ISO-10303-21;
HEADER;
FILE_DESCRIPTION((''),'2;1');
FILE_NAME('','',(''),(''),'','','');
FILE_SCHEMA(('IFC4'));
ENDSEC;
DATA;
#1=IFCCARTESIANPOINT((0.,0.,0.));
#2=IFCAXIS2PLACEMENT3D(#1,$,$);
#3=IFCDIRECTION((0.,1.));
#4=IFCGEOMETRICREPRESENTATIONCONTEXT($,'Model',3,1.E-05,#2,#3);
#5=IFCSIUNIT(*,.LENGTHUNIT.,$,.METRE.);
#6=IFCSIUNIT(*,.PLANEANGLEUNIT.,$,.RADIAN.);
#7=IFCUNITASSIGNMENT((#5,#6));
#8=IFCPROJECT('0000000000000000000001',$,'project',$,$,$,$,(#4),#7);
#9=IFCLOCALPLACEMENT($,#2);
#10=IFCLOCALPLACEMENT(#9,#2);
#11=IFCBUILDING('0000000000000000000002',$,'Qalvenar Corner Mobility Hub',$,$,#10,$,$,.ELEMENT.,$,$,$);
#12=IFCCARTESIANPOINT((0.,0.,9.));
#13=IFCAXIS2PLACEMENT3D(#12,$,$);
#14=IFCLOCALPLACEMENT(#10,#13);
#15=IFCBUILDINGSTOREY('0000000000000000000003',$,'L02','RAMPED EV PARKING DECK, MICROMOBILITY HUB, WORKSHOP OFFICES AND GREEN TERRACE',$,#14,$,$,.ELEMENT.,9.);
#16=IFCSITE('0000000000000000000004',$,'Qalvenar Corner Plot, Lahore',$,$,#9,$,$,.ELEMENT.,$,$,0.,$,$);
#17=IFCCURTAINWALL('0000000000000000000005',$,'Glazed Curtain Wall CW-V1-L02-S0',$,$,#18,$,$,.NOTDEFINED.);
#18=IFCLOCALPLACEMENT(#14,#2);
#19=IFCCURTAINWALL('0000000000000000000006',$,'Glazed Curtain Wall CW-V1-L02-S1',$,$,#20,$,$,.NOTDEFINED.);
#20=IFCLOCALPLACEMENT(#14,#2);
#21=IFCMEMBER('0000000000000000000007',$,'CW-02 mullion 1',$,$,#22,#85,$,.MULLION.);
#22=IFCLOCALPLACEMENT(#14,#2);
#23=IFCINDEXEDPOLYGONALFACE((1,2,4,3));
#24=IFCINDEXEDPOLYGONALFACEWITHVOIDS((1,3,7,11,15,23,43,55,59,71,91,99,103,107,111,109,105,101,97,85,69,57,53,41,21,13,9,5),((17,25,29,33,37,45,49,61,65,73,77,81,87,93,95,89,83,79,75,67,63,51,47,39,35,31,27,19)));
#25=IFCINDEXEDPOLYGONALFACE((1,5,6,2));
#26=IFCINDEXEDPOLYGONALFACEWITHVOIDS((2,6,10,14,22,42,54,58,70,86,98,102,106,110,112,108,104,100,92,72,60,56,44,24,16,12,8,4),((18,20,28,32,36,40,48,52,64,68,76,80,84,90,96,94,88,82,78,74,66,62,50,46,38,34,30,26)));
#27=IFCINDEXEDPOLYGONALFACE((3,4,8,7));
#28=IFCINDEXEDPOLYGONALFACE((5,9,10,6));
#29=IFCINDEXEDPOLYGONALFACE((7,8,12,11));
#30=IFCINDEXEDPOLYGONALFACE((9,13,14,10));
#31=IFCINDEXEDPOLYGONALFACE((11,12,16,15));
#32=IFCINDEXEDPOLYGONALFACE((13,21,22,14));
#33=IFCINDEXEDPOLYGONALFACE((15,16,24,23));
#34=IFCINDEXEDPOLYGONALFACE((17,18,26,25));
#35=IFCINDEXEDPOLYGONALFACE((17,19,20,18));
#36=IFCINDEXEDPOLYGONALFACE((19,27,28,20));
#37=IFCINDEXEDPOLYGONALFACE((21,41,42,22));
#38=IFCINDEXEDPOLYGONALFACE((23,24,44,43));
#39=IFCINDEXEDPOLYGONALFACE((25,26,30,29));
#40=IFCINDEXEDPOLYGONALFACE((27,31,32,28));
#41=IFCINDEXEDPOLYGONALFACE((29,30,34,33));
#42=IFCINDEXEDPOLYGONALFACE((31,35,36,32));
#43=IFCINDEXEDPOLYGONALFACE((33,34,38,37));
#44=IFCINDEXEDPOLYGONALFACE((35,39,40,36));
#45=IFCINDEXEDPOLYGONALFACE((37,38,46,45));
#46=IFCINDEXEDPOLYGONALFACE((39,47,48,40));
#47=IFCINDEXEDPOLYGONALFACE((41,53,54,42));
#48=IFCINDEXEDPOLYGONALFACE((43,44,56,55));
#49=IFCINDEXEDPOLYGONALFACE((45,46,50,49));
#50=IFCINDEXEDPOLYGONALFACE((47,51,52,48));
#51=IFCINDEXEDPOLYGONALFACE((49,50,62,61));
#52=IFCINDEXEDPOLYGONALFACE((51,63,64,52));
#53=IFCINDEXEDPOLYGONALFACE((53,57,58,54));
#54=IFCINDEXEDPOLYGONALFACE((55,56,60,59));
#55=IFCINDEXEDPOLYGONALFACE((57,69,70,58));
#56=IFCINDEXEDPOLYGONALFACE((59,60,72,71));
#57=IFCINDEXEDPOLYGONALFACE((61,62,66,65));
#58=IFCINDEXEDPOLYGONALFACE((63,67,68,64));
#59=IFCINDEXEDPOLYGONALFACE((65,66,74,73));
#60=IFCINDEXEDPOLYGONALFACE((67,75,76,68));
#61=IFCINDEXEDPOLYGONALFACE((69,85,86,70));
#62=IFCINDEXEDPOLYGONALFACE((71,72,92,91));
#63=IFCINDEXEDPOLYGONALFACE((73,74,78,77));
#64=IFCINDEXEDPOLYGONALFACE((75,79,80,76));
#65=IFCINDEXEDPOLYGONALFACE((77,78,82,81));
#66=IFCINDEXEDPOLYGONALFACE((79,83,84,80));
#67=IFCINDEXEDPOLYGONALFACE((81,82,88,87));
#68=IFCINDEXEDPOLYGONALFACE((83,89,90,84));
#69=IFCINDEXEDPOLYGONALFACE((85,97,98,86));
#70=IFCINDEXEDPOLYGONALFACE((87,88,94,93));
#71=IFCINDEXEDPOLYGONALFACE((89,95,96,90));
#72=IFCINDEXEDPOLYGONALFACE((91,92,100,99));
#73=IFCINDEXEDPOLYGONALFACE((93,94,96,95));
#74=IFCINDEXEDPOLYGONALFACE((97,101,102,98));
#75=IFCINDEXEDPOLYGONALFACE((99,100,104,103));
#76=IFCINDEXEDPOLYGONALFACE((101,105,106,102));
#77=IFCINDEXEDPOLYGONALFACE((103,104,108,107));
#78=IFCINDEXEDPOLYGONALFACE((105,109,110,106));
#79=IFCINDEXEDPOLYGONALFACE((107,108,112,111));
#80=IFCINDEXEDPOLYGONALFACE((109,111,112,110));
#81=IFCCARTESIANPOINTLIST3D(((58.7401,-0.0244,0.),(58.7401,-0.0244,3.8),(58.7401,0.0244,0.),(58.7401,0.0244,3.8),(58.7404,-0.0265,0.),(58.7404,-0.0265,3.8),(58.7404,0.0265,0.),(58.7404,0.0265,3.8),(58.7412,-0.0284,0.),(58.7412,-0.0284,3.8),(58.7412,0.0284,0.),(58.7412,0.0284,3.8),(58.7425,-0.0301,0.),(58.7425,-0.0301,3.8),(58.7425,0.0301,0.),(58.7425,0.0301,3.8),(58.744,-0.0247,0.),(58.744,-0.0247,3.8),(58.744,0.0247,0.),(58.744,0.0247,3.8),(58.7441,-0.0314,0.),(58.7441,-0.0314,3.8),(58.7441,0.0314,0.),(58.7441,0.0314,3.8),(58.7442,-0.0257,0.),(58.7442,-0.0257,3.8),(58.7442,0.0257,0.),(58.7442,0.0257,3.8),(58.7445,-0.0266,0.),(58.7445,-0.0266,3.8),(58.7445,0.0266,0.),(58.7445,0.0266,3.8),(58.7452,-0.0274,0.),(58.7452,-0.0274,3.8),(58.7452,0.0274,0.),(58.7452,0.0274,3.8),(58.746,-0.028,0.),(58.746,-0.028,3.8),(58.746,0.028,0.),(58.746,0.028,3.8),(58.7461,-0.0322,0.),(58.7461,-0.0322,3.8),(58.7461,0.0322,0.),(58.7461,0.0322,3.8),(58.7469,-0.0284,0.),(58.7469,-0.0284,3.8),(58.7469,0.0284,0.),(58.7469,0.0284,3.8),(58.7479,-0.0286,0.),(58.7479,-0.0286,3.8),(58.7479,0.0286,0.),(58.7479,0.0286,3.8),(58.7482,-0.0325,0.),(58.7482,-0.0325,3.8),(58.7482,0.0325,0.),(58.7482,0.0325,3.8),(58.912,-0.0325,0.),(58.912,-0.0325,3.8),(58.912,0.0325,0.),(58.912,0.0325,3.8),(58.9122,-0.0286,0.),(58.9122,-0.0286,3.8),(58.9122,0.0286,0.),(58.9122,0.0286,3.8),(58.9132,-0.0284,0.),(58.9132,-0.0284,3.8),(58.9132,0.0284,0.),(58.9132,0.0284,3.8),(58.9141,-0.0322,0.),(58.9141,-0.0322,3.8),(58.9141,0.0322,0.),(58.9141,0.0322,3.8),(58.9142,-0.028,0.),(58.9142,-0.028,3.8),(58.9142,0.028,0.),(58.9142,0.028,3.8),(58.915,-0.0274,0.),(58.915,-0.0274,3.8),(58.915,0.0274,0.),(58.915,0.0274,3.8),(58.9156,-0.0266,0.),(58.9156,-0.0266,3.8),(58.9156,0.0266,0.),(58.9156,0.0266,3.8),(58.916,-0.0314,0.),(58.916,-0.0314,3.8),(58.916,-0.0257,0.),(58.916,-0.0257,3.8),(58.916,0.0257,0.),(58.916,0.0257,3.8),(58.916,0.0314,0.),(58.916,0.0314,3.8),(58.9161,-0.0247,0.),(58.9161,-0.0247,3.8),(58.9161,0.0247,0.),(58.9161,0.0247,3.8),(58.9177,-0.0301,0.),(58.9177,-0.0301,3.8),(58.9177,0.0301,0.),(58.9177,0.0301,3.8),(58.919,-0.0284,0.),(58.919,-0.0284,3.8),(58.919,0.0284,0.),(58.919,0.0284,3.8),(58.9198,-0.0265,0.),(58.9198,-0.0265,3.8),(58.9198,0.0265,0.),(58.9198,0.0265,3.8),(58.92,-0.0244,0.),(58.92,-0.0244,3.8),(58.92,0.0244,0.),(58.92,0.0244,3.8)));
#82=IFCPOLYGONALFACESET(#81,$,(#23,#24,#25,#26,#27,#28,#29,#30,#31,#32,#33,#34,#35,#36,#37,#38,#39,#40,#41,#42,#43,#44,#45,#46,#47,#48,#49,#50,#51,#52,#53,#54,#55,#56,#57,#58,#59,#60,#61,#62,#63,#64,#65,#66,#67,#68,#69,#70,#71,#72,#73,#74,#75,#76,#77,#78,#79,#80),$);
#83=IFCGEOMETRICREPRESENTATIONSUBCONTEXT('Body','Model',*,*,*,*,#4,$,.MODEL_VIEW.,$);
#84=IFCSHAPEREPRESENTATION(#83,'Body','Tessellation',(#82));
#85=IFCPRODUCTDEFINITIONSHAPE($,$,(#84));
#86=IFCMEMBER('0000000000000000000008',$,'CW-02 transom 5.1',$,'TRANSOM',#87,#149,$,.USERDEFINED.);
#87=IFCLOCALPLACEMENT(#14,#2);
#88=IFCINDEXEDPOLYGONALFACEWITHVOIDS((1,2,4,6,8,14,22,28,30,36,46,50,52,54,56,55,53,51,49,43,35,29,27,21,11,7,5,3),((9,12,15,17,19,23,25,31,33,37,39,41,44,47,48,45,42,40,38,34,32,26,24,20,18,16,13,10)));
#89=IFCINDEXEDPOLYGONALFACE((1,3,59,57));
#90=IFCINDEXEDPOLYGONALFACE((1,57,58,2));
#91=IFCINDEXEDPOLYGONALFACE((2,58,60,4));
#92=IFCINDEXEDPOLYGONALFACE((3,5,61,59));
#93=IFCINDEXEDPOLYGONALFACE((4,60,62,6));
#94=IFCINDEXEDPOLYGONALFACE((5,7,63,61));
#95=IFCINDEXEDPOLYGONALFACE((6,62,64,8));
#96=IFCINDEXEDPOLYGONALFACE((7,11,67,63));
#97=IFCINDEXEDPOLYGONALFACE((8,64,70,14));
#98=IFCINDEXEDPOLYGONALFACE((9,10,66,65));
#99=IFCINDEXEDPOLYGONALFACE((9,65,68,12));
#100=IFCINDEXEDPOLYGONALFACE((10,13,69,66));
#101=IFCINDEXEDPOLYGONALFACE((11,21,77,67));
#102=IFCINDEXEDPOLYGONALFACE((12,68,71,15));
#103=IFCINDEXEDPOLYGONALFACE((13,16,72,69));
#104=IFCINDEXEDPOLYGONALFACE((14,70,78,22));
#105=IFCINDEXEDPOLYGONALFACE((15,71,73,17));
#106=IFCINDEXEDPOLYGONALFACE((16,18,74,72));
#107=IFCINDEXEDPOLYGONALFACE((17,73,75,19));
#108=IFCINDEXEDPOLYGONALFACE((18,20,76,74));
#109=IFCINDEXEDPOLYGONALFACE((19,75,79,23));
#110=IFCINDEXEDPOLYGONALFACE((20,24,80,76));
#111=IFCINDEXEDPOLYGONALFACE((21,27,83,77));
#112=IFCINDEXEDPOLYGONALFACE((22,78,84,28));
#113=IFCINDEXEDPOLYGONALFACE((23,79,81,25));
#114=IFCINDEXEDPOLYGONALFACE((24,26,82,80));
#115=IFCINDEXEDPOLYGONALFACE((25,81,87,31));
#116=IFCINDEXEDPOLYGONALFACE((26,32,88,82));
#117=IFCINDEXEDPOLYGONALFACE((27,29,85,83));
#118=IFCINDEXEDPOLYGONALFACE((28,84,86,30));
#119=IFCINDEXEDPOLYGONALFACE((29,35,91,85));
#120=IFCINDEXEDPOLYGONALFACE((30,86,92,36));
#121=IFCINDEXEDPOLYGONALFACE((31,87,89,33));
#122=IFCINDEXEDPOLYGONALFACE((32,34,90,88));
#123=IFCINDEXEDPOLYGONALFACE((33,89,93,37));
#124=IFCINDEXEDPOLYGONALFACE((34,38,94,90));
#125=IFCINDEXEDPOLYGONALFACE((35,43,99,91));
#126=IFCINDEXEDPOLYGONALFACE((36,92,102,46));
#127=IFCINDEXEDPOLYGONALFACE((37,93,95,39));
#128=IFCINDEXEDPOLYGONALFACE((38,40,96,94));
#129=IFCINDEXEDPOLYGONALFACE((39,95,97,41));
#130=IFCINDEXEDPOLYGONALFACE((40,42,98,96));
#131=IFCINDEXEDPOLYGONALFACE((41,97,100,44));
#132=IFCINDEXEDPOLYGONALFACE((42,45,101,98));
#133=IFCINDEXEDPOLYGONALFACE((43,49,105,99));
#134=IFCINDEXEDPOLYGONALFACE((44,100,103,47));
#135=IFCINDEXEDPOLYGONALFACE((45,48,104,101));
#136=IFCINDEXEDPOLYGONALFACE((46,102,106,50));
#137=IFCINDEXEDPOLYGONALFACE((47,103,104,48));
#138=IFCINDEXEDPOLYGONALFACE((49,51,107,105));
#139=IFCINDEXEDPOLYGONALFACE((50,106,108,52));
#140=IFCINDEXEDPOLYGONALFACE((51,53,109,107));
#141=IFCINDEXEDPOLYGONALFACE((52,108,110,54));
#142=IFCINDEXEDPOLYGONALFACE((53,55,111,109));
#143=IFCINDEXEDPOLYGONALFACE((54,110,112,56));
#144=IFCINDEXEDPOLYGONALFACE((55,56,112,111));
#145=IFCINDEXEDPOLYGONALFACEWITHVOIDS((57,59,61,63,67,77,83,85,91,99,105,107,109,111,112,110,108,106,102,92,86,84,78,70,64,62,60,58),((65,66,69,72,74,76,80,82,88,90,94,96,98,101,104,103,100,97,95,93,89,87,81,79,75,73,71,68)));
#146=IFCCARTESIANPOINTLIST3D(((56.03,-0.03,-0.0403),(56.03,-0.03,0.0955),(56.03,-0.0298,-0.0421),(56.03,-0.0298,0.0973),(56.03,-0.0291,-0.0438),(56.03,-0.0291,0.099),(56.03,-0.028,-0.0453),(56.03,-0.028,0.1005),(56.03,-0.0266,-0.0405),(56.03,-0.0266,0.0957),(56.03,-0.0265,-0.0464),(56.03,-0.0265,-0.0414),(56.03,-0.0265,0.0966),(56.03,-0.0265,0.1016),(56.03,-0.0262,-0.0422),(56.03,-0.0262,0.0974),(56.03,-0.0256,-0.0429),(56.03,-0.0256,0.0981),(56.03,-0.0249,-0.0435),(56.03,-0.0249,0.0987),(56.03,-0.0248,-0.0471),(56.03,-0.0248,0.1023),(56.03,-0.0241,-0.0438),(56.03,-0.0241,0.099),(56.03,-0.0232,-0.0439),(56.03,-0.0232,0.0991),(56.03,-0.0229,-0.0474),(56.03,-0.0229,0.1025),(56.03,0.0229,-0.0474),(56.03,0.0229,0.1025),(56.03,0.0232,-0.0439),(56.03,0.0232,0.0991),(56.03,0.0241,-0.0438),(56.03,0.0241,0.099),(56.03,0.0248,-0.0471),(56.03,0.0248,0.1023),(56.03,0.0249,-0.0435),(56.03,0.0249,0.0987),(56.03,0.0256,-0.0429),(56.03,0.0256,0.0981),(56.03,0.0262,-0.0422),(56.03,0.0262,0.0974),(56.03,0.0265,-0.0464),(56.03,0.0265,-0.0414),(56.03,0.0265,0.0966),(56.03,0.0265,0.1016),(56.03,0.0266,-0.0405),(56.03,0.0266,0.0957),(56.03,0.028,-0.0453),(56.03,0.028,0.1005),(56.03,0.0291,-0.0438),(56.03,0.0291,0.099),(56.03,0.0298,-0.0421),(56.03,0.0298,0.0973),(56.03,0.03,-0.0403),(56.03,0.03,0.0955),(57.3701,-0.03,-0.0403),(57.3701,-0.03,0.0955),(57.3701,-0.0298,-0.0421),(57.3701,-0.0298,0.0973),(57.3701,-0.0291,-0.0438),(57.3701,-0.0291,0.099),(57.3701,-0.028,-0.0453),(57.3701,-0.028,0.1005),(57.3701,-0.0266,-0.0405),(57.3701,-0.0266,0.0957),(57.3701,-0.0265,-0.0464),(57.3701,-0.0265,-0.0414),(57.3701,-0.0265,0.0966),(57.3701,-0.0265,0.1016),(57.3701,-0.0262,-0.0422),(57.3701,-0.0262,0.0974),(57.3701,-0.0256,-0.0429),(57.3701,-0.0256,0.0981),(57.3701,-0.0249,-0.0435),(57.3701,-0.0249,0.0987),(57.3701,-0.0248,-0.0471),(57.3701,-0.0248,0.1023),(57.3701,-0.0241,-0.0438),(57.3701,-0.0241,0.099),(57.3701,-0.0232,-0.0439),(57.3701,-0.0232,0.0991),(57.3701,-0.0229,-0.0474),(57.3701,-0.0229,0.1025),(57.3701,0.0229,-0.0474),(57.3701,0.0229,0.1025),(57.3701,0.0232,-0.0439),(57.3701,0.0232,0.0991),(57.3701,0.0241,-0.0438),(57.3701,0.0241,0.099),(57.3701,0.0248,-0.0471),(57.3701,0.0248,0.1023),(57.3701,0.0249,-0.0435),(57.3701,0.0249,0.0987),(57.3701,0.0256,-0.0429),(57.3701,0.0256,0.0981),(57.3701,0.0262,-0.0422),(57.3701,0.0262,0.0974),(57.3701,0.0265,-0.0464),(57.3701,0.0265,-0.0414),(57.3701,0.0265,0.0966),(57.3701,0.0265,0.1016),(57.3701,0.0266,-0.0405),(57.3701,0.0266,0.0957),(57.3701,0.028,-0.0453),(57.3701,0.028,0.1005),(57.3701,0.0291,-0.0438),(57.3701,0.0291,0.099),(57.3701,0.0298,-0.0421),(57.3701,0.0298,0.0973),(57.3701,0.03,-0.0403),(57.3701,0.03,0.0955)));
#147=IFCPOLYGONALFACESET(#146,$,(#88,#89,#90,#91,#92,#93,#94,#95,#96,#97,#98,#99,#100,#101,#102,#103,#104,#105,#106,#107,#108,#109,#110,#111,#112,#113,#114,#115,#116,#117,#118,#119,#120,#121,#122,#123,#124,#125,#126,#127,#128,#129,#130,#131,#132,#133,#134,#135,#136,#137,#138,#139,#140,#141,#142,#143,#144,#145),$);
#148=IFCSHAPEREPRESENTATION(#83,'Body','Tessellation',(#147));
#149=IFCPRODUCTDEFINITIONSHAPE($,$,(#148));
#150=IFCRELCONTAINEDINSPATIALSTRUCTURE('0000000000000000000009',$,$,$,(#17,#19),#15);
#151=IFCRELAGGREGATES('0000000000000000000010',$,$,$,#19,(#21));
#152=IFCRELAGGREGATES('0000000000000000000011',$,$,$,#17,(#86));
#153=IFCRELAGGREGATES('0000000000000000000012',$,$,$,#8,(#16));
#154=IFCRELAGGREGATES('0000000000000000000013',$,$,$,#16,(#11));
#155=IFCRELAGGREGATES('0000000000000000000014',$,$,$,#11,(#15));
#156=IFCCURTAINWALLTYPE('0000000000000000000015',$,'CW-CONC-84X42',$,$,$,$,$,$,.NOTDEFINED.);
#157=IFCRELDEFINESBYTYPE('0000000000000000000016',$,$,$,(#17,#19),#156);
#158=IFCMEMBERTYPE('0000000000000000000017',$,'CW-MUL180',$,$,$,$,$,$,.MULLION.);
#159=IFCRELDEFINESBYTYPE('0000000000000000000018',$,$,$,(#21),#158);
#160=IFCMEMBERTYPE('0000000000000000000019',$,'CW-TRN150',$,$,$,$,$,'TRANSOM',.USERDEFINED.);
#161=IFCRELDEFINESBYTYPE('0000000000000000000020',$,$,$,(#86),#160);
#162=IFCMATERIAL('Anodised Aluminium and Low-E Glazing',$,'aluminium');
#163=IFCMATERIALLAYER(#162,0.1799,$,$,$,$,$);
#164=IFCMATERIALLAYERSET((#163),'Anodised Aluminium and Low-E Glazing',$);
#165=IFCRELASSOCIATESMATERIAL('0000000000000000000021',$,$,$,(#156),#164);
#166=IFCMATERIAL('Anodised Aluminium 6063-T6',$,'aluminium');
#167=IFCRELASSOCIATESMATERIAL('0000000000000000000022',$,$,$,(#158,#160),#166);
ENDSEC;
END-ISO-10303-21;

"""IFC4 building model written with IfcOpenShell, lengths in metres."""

from ifc_helpers import new_model, si_unit, direction, frame, origin, origin_2d, place, context, subcontext, project, spatial, hollow_rectangle, extrude, material, layer, layer_set, material_profile, profile_set, type_object, element, aggregate, save


model = new_model("IFC4")

# Units and contexts
model_context = context("Model", 3, precision=1e-05, world=origin(), true_north=direction((0.0, 1.0)))
body_context = subcontext(model_context, "Body", "Model", "MODEL_VIEW")
ifc_project = project(units=[si_unit("LENGTHUNIT", "METRE"), si_unit("PLANEANGLEUNIT", "RADIAN")], contexts=[model_context])

# Site, building, storey
site_placement = place(None, origin())
site = spatial("IfcSite", under=ifc_project, at=site_placement, Name="Qalvenar Corner Plot, Lahore", CompositionType="ELEMENT", RefElevation=0.0)
building_placement = place(site_placement, origin())
building = spatial("IfcBuilding", under=site, at=building_placement, Name="Qalvenar Corner Mobility Hub", CompositionType="ELEMENT")
storey_placement = place(building_placement, frame((0.0, 0.0, 9.0)))
storey = spatial("IfcBuildingStorey", under=building, at=storey_placement, Name="L02", Description="RAMPED EV PARKING DECK, MICROMOBILITY HUB, WORKSHOP OFFICES AND GREEN TERRACE", CompositionType="ELEMENT", Elevation=9.0)

# Curtain wall
ifc_material_1 = material(Name="Anodised Aluminium and Low-E Glazing", Category="aluminium")
ifc_layer_1 = layer(ifc_material_1, 0.1799)
ifc_layer_set_1 = layer_set([ifc_layer_1], Name="Anodised Aluminium and Low-E Glazing")
curtain_wall_type = type_object("IfcCurtainWallType", Name="CW-CONC-84X42", PredefinedType="NOTDEFINED", material=ifc_layer_set_1)
curtain_wall_1_placement = place(storey_placement, origin())
curtain_wall_1 = element("IfcCurtainWall", 1, at=curtain_wall_1_placement, inside=storey, type_object=curtain_wall_type, Name="Glazed Curtain Wall CW-V1-L02-S0", PredefinedType="NOTDEFINED")
ifc_material_2 = material(Name="Anodised Aluminium 6063-T6", Category="aluminium")
ifc_material_profile_1 = material_profile(ifc_material_2, hollow_rectangle(XDim=0.0649, YDim=0.1799, WallThickness=0.0039, InnerFilletRadius=0.0039, OuterFilletRadius=0.0081, at=origin_2d()), Name="RHS180x65x4")
ifc_profile_set_1 = profile_set([ifc_material_profile_1], Name="Anodised Aluminium 6063-T6")
member_type_1 = type_object("IfcMemberType", Name="CW-MUL180", PredefinedType="MULLION", material=ifc_profile_set_1)

# Curtain wall, member
curtain_wall_2_placement = place(storey_placement, origin())
curtain_wall_2 = element("IfcCurtainWall", 2, at=curtain_wall_2_placement, inside=storey, type_object=curtain_wall_type, Name="Glazed Curtain Wall CW-V1-L02-S1", PredefinedType="NOTDEFINED")
member_1_placement = place(storey_placement, frame((58.8301, 0.0, 0.0), z_axis=(0.0, 0.0, 1.0), x_axis=(0.0, 1.0, 0.0)))
member_1 = element("IfcMember", 3, at=member_1_placement, type_object=member_type_1, Name="CW-02 mullion 1", PredefinedType="MULLION", context=body_context, shape_type="SweptSolid", body=[
    extrude(hollow_rectangle(XDim=0.0649, YDim=0.1799, WallThickness=0.0039, InnerFilletRadius=0.0039, OuterFilletRadius=0.0081, at=origin_2d()), origin(), (0.0, 0.0, 1.0), 3.8),
])

# Member
ifc_material_profile_2 = material_profile(ifc_material_2, hollow_rectangle(XDim=0.0601, YDim=0.1499, WallThickness=0.0034, InnerFilletRadius=0.0034, OuterFilletRadius=0.0071, at=origin_2d()), Name="RHS150x60x3.5")
ifc_profile_set_2 = profile_set([ifc_material_profile_2], Name="Anodised Aluminium 6063-T6")
member_type_2 = type_object("IfcMemberType", Name="CW-TRN150", ElementType="TRANSOM", PredefinedType="USERDEFINED", material=ifc_profile_set_2)
member_2_placement = place(storey_placement, frame((56.03, 0.0, 0.0276), z_axis=(1.0, 0.0, 0.0), x_axis=(0.0, 1.0, 0.0)))
member_2 = element("IfcMember", 4, at=member_2_placement, type_object=member_type_2, Name="CW-02 transom 5.1", ObjectType="TRANSOM", PredefinedType="USERDEFINED", context=body_context, shape_type="SweptSolid", body=[
    extrude(hollow_rectangle(XDim=0.0601, YDim=0.1499, WallThickness=0.0034, InnerFilletRadius=0.0034, OuterFilletRadius=0.0071, at=origin_2d()), origin(), (0.0, 0.0, 1.0), 1.3401),
])
aggregate(curtain_wall_2, [member_1])

aggregate(curtain_wall_1, [member_2])

save(model, "model.ifc")
